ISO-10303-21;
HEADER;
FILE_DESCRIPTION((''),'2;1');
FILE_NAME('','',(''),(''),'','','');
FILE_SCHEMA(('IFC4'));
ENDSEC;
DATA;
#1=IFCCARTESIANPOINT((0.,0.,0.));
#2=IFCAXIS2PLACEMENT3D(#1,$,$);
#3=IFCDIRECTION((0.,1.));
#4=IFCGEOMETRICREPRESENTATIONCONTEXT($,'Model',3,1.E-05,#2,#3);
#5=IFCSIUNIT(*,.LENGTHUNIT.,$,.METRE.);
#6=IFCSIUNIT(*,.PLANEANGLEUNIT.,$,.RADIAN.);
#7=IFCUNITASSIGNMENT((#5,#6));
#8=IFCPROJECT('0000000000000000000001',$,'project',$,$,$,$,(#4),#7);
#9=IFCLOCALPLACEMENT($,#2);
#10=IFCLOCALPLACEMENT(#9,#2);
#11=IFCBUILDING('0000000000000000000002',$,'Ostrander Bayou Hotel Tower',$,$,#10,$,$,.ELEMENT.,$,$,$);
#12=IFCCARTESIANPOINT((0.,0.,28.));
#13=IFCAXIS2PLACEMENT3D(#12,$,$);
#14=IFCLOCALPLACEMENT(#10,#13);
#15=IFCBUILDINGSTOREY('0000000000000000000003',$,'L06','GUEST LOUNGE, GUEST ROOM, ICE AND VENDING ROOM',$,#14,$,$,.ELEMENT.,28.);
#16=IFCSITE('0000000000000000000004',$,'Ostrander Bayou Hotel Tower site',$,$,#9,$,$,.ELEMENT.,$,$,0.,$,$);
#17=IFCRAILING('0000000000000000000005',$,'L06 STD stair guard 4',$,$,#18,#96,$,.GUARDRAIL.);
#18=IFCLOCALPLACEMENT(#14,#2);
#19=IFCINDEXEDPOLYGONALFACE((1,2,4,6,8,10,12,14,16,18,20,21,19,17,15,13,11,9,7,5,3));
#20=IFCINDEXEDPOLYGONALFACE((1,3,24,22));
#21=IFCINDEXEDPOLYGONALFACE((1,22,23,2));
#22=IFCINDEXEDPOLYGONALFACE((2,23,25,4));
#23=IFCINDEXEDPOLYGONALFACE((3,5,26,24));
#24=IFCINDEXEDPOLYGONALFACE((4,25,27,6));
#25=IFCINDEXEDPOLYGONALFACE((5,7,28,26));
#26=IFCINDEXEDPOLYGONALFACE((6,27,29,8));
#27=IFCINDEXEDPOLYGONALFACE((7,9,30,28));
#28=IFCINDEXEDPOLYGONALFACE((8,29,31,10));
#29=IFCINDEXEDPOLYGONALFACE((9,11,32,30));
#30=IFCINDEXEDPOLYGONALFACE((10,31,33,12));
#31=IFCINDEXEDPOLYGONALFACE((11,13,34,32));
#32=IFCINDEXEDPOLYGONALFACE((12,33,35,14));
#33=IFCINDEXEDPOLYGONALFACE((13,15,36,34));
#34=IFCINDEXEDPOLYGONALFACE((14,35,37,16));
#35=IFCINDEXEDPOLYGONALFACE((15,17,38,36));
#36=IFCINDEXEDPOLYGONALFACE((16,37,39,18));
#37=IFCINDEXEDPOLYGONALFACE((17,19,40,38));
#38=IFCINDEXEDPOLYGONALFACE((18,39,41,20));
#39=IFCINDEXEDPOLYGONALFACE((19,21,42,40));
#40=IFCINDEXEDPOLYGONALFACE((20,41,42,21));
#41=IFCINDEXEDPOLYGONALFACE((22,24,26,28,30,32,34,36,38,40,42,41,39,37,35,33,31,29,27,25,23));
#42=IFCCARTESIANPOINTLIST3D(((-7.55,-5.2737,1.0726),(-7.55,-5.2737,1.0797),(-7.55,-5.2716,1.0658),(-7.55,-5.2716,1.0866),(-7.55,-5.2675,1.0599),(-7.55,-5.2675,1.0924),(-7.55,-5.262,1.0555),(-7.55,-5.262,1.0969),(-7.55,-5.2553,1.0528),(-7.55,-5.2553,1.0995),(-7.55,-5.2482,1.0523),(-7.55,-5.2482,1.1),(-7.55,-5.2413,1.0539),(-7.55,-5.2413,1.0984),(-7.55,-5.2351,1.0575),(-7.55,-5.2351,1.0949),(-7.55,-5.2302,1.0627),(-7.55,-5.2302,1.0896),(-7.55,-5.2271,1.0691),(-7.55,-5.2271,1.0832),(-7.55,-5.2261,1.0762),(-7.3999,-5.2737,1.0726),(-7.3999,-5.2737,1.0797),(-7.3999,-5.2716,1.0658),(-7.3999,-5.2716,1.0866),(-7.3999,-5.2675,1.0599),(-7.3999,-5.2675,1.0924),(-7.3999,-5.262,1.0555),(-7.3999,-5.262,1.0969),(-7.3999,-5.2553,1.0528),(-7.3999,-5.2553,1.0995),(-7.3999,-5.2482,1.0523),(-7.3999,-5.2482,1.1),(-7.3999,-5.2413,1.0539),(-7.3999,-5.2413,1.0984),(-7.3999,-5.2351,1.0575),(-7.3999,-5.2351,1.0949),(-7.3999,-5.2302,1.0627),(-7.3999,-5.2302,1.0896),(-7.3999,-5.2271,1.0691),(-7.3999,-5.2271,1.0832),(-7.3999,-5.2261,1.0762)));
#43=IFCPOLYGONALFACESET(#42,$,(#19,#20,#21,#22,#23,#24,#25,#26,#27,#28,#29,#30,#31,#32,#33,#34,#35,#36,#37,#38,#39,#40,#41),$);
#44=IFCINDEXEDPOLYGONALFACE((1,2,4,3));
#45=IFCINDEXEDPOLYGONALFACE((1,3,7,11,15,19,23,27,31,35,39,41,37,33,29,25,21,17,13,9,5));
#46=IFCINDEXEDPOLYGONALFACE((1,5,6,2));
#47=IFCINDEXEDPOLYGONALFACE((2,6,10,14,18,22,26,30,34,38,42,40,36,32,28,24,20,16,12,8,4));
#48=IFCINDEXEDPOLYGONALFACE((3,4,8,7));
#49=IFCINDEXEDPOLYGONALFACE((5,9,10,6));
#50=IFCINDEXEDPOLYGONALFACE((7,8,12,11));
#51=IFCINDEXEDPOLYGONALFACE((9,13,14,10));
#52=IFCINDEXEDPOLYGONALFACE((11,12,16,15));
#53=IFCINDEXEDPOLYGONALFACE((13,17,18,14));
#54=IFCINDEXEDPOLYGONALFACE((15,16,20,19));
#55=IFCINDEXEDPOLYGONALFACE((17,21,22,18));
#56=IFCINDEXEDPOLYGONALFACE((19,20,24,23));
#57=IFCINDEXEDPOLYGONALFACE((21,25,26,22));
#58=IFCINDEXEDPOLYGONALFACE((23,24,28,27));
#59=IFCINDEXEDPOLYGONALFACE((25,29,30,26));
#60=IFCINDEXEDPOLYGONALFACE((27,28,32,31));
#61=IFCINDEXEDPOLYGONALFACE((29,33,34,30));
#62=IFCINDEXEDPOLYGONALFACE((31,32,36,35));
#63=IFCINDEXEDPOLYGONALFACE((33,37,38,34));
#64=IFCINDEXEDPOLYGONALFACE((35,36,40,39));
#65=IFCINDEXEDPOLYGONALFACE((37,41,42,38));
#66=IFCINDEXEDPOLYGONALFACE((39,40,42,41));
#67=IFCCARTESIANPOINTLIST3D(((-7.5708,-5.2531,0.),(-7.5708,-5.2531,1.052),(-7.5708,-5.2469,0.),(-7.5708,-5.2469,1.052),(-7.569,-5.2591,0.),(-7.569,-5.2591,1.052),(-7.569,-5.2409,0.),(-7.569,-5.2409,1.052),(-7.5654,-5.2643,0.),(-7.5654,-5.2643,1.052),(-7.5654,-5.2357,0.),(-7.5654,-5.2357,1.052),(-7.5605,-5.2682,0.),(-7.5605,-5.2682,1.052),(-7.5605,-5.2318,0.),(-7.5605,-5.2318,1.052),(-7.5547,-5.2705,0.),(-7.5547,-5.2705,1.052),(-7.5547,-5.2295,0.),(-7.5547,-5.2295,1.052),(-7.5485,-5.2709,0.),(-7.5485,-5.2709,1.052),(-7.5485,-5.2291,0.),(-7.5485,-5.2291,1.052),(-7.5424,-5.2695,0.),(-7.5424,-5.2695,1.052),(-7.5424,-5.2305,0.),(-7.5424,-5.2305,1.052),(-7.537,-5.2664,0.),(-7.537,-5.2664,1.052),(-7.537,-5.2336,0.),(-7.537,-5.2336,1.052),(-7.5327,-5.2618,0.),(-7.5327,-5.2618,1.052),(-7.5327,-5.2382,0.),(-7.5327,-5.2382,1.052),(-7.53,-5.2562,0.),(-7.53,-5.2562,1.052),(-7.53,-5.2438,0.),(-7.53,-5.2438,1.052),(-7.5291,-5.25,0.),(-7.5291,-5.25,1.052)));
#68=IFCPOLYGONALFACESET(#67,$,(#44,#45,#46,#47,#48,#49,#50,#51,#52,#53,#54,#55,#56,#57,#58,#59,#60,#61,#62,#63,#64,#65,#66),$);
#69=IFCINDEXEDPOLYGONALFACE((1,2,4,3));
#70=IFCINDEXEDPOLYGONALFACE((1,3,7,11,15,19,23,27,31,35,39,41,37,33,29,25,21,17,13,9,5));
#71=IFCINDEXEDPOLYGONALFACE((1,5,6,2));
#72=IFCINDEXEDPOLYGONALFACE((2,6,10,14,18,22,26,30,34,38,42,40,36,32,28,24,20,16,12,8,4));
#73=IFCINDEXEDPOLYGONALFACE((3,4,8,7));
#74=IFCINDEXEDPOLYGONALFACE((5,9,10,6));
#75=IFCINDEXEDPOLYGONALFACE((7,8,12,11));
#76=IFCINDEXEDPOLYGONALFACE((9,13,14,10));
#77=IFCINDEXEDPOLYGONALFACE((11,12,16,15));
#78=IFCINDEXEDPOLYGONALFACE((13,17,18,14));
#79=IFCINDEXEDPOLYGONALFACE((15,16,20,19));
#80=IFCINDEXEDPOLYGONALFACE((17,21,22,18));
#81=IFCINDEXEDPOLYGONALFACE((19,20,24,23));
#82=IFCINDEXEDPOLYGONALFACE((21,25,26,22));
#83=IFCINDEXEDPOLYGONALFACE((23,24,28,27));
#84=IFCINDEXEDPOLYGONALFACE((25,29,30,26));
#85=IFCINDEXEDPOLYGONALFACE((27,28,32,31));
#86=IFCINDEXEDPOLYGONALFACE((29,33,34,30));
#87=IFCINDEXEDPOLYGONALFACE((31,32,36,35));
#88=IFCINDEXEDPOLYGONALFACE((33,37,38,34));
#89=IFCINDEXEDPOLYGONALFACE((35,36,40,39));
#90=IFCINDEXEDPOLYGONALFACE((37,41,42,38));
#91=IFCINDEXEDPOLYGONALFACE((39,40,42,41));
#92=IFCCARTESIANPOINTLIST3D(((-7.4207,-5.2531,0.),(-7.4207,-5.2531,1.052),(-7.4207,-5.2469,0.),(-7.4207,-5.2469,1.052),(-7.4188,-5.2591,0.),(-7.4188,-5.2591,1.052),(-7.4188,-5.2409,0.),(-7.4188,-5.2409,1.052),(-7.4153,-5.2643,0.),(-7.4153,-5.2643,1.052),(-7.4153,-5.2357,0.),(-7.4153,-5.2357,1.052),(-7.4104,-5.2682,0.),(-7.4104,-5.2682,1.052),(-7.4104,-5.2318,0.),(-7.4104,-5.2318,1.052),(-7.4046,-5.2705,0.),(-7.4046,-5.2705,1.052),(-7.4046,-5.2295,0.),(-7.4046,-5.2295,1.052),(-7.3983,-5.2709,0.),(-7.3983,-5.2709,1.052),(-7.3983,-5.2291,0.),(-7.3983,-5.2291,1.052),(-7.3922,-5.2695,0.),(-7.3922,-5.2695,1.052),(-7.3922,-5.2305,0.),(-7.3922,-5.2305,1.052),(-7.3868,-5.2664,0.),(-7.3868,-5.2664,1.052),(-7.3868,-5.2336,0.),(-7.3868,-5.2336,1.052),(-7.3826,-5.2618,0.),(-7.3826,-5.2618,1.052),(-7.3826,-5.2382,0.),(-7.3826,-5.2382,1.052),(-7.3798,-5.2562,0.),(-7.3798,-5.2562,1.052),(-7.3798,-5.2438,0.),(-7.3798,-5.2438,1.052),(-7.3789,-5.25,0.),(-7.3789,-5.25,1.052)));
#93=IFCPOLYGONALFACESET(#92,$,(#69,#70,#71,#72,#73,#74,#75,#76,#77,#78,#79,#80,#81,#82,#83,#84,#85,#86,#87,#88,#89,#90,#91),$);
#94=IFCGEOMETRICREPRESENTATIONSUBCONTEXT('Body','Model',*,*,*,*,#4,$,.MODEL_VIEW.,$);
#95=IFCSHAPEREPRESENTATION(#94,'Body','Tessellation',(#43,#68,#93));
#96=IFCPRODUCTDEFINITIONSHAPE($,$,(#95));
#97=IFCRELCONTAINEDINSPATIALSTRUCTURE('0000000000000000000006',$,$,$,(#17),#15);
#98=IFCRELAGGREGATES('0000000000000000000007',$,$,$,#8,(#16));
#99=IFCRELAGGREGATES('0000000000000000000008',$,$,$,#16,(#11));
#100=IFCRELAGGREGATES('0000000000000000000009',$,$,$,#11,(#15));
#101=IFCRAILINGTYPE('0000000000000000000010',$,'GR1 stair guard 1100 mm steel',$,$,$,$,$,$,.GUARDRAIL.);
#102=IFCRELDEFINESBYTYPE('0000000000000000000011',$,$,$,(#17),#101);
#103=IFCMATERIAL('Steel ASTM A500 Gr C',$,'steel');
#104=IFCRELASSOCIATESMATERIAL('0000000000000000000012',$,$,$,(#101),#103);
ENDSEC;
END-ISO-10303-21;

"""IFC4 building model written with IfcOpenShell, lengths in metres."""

from ifc_helpers import new_model, si_unit, direction, frame, origin, origin_2d, place, context, subcontext, project, spatial, circle, extrude, material, type_object, element, save


model = new_model("IFC4")

# Units and contexts
model_context = context("Model", 3, precision=1e-05, world=origin(), true_north=direction((0.0, 1.0)))
body_context = subcontext(model_context, "Body", "Model", "MODEL_VIEW")
ifc_project = project(units=[si_unit("LENGTHUNIT", "METRE"), si_unit("PLANEANGLEUNIT", "RADIAN")], contexts=[model_context])

# Site, building, storey
site_placement = place(None, origin())
site = spatial("IfcSite", under=ifc_project, at=site_placement, Name="Ostrander Bayou Hotel Tower site", CompositionType="ELEMENT", RefElevation=0.0)
building_placement = place(site_placement, origin())
building = spatial("IfcBuilding", under=site, at=building_placement, Name="Ostrander Bayou Hotel Tower", CompositionType="ELEMENT")
storey_placement = place(building_placement, frame((0.0, 0.0, 28.0)))
storey = spatial("IfcBuildingStorey", under=building, at=storey_placement, Name="L06", Description="GUEST LOUNGE, GUEST ROOM, ICE AND VENDING ROOM", CompositionType="ELEMENT", Elevation=28.0)

# Railing
ifc_material_1 = material(Name="Steel ASTM A500 Gr C", Category="steel")
railing_type_1 = type_object("IfcRailingType", Name="GR1 stair guard 1100 mm steel", PredefinedType="GUARDRAIL", material=ifc_material_1)
railing_1_placement = place(storey_placement, frame((-7.55, -5.25, 0.0)))
element("IfcRailing", 1, at=railing_1_placement, inside=storey, type_object=railing_type_1, Name="L06 STD stair guard 4", PredefinedType="GUARDRAIL", context=body_context, shape_type="SweptSolid", body=[
    extrude(circle(Radius=0.0239, at=origin_2d()), frame((0.0, 0.0, 1.0762), z_axis=(1.0, 0.0, 0.0), x_axis=(0.0, 1.0, 0.0)), (0.0, 0.0, 1.0), 0.1501),
    extrude(circle(Radius=0.021, at=origin_2d()), origin(), (0.0, 0.0, 1.0), 1.052),
    extrude(circle(Radius=0.021, at=origin_2d()), frame((0.1501, 0.0, 0.0)), (0.0, 0.0, 1.0), 1.052),
])

save(model, "model.ifc")
